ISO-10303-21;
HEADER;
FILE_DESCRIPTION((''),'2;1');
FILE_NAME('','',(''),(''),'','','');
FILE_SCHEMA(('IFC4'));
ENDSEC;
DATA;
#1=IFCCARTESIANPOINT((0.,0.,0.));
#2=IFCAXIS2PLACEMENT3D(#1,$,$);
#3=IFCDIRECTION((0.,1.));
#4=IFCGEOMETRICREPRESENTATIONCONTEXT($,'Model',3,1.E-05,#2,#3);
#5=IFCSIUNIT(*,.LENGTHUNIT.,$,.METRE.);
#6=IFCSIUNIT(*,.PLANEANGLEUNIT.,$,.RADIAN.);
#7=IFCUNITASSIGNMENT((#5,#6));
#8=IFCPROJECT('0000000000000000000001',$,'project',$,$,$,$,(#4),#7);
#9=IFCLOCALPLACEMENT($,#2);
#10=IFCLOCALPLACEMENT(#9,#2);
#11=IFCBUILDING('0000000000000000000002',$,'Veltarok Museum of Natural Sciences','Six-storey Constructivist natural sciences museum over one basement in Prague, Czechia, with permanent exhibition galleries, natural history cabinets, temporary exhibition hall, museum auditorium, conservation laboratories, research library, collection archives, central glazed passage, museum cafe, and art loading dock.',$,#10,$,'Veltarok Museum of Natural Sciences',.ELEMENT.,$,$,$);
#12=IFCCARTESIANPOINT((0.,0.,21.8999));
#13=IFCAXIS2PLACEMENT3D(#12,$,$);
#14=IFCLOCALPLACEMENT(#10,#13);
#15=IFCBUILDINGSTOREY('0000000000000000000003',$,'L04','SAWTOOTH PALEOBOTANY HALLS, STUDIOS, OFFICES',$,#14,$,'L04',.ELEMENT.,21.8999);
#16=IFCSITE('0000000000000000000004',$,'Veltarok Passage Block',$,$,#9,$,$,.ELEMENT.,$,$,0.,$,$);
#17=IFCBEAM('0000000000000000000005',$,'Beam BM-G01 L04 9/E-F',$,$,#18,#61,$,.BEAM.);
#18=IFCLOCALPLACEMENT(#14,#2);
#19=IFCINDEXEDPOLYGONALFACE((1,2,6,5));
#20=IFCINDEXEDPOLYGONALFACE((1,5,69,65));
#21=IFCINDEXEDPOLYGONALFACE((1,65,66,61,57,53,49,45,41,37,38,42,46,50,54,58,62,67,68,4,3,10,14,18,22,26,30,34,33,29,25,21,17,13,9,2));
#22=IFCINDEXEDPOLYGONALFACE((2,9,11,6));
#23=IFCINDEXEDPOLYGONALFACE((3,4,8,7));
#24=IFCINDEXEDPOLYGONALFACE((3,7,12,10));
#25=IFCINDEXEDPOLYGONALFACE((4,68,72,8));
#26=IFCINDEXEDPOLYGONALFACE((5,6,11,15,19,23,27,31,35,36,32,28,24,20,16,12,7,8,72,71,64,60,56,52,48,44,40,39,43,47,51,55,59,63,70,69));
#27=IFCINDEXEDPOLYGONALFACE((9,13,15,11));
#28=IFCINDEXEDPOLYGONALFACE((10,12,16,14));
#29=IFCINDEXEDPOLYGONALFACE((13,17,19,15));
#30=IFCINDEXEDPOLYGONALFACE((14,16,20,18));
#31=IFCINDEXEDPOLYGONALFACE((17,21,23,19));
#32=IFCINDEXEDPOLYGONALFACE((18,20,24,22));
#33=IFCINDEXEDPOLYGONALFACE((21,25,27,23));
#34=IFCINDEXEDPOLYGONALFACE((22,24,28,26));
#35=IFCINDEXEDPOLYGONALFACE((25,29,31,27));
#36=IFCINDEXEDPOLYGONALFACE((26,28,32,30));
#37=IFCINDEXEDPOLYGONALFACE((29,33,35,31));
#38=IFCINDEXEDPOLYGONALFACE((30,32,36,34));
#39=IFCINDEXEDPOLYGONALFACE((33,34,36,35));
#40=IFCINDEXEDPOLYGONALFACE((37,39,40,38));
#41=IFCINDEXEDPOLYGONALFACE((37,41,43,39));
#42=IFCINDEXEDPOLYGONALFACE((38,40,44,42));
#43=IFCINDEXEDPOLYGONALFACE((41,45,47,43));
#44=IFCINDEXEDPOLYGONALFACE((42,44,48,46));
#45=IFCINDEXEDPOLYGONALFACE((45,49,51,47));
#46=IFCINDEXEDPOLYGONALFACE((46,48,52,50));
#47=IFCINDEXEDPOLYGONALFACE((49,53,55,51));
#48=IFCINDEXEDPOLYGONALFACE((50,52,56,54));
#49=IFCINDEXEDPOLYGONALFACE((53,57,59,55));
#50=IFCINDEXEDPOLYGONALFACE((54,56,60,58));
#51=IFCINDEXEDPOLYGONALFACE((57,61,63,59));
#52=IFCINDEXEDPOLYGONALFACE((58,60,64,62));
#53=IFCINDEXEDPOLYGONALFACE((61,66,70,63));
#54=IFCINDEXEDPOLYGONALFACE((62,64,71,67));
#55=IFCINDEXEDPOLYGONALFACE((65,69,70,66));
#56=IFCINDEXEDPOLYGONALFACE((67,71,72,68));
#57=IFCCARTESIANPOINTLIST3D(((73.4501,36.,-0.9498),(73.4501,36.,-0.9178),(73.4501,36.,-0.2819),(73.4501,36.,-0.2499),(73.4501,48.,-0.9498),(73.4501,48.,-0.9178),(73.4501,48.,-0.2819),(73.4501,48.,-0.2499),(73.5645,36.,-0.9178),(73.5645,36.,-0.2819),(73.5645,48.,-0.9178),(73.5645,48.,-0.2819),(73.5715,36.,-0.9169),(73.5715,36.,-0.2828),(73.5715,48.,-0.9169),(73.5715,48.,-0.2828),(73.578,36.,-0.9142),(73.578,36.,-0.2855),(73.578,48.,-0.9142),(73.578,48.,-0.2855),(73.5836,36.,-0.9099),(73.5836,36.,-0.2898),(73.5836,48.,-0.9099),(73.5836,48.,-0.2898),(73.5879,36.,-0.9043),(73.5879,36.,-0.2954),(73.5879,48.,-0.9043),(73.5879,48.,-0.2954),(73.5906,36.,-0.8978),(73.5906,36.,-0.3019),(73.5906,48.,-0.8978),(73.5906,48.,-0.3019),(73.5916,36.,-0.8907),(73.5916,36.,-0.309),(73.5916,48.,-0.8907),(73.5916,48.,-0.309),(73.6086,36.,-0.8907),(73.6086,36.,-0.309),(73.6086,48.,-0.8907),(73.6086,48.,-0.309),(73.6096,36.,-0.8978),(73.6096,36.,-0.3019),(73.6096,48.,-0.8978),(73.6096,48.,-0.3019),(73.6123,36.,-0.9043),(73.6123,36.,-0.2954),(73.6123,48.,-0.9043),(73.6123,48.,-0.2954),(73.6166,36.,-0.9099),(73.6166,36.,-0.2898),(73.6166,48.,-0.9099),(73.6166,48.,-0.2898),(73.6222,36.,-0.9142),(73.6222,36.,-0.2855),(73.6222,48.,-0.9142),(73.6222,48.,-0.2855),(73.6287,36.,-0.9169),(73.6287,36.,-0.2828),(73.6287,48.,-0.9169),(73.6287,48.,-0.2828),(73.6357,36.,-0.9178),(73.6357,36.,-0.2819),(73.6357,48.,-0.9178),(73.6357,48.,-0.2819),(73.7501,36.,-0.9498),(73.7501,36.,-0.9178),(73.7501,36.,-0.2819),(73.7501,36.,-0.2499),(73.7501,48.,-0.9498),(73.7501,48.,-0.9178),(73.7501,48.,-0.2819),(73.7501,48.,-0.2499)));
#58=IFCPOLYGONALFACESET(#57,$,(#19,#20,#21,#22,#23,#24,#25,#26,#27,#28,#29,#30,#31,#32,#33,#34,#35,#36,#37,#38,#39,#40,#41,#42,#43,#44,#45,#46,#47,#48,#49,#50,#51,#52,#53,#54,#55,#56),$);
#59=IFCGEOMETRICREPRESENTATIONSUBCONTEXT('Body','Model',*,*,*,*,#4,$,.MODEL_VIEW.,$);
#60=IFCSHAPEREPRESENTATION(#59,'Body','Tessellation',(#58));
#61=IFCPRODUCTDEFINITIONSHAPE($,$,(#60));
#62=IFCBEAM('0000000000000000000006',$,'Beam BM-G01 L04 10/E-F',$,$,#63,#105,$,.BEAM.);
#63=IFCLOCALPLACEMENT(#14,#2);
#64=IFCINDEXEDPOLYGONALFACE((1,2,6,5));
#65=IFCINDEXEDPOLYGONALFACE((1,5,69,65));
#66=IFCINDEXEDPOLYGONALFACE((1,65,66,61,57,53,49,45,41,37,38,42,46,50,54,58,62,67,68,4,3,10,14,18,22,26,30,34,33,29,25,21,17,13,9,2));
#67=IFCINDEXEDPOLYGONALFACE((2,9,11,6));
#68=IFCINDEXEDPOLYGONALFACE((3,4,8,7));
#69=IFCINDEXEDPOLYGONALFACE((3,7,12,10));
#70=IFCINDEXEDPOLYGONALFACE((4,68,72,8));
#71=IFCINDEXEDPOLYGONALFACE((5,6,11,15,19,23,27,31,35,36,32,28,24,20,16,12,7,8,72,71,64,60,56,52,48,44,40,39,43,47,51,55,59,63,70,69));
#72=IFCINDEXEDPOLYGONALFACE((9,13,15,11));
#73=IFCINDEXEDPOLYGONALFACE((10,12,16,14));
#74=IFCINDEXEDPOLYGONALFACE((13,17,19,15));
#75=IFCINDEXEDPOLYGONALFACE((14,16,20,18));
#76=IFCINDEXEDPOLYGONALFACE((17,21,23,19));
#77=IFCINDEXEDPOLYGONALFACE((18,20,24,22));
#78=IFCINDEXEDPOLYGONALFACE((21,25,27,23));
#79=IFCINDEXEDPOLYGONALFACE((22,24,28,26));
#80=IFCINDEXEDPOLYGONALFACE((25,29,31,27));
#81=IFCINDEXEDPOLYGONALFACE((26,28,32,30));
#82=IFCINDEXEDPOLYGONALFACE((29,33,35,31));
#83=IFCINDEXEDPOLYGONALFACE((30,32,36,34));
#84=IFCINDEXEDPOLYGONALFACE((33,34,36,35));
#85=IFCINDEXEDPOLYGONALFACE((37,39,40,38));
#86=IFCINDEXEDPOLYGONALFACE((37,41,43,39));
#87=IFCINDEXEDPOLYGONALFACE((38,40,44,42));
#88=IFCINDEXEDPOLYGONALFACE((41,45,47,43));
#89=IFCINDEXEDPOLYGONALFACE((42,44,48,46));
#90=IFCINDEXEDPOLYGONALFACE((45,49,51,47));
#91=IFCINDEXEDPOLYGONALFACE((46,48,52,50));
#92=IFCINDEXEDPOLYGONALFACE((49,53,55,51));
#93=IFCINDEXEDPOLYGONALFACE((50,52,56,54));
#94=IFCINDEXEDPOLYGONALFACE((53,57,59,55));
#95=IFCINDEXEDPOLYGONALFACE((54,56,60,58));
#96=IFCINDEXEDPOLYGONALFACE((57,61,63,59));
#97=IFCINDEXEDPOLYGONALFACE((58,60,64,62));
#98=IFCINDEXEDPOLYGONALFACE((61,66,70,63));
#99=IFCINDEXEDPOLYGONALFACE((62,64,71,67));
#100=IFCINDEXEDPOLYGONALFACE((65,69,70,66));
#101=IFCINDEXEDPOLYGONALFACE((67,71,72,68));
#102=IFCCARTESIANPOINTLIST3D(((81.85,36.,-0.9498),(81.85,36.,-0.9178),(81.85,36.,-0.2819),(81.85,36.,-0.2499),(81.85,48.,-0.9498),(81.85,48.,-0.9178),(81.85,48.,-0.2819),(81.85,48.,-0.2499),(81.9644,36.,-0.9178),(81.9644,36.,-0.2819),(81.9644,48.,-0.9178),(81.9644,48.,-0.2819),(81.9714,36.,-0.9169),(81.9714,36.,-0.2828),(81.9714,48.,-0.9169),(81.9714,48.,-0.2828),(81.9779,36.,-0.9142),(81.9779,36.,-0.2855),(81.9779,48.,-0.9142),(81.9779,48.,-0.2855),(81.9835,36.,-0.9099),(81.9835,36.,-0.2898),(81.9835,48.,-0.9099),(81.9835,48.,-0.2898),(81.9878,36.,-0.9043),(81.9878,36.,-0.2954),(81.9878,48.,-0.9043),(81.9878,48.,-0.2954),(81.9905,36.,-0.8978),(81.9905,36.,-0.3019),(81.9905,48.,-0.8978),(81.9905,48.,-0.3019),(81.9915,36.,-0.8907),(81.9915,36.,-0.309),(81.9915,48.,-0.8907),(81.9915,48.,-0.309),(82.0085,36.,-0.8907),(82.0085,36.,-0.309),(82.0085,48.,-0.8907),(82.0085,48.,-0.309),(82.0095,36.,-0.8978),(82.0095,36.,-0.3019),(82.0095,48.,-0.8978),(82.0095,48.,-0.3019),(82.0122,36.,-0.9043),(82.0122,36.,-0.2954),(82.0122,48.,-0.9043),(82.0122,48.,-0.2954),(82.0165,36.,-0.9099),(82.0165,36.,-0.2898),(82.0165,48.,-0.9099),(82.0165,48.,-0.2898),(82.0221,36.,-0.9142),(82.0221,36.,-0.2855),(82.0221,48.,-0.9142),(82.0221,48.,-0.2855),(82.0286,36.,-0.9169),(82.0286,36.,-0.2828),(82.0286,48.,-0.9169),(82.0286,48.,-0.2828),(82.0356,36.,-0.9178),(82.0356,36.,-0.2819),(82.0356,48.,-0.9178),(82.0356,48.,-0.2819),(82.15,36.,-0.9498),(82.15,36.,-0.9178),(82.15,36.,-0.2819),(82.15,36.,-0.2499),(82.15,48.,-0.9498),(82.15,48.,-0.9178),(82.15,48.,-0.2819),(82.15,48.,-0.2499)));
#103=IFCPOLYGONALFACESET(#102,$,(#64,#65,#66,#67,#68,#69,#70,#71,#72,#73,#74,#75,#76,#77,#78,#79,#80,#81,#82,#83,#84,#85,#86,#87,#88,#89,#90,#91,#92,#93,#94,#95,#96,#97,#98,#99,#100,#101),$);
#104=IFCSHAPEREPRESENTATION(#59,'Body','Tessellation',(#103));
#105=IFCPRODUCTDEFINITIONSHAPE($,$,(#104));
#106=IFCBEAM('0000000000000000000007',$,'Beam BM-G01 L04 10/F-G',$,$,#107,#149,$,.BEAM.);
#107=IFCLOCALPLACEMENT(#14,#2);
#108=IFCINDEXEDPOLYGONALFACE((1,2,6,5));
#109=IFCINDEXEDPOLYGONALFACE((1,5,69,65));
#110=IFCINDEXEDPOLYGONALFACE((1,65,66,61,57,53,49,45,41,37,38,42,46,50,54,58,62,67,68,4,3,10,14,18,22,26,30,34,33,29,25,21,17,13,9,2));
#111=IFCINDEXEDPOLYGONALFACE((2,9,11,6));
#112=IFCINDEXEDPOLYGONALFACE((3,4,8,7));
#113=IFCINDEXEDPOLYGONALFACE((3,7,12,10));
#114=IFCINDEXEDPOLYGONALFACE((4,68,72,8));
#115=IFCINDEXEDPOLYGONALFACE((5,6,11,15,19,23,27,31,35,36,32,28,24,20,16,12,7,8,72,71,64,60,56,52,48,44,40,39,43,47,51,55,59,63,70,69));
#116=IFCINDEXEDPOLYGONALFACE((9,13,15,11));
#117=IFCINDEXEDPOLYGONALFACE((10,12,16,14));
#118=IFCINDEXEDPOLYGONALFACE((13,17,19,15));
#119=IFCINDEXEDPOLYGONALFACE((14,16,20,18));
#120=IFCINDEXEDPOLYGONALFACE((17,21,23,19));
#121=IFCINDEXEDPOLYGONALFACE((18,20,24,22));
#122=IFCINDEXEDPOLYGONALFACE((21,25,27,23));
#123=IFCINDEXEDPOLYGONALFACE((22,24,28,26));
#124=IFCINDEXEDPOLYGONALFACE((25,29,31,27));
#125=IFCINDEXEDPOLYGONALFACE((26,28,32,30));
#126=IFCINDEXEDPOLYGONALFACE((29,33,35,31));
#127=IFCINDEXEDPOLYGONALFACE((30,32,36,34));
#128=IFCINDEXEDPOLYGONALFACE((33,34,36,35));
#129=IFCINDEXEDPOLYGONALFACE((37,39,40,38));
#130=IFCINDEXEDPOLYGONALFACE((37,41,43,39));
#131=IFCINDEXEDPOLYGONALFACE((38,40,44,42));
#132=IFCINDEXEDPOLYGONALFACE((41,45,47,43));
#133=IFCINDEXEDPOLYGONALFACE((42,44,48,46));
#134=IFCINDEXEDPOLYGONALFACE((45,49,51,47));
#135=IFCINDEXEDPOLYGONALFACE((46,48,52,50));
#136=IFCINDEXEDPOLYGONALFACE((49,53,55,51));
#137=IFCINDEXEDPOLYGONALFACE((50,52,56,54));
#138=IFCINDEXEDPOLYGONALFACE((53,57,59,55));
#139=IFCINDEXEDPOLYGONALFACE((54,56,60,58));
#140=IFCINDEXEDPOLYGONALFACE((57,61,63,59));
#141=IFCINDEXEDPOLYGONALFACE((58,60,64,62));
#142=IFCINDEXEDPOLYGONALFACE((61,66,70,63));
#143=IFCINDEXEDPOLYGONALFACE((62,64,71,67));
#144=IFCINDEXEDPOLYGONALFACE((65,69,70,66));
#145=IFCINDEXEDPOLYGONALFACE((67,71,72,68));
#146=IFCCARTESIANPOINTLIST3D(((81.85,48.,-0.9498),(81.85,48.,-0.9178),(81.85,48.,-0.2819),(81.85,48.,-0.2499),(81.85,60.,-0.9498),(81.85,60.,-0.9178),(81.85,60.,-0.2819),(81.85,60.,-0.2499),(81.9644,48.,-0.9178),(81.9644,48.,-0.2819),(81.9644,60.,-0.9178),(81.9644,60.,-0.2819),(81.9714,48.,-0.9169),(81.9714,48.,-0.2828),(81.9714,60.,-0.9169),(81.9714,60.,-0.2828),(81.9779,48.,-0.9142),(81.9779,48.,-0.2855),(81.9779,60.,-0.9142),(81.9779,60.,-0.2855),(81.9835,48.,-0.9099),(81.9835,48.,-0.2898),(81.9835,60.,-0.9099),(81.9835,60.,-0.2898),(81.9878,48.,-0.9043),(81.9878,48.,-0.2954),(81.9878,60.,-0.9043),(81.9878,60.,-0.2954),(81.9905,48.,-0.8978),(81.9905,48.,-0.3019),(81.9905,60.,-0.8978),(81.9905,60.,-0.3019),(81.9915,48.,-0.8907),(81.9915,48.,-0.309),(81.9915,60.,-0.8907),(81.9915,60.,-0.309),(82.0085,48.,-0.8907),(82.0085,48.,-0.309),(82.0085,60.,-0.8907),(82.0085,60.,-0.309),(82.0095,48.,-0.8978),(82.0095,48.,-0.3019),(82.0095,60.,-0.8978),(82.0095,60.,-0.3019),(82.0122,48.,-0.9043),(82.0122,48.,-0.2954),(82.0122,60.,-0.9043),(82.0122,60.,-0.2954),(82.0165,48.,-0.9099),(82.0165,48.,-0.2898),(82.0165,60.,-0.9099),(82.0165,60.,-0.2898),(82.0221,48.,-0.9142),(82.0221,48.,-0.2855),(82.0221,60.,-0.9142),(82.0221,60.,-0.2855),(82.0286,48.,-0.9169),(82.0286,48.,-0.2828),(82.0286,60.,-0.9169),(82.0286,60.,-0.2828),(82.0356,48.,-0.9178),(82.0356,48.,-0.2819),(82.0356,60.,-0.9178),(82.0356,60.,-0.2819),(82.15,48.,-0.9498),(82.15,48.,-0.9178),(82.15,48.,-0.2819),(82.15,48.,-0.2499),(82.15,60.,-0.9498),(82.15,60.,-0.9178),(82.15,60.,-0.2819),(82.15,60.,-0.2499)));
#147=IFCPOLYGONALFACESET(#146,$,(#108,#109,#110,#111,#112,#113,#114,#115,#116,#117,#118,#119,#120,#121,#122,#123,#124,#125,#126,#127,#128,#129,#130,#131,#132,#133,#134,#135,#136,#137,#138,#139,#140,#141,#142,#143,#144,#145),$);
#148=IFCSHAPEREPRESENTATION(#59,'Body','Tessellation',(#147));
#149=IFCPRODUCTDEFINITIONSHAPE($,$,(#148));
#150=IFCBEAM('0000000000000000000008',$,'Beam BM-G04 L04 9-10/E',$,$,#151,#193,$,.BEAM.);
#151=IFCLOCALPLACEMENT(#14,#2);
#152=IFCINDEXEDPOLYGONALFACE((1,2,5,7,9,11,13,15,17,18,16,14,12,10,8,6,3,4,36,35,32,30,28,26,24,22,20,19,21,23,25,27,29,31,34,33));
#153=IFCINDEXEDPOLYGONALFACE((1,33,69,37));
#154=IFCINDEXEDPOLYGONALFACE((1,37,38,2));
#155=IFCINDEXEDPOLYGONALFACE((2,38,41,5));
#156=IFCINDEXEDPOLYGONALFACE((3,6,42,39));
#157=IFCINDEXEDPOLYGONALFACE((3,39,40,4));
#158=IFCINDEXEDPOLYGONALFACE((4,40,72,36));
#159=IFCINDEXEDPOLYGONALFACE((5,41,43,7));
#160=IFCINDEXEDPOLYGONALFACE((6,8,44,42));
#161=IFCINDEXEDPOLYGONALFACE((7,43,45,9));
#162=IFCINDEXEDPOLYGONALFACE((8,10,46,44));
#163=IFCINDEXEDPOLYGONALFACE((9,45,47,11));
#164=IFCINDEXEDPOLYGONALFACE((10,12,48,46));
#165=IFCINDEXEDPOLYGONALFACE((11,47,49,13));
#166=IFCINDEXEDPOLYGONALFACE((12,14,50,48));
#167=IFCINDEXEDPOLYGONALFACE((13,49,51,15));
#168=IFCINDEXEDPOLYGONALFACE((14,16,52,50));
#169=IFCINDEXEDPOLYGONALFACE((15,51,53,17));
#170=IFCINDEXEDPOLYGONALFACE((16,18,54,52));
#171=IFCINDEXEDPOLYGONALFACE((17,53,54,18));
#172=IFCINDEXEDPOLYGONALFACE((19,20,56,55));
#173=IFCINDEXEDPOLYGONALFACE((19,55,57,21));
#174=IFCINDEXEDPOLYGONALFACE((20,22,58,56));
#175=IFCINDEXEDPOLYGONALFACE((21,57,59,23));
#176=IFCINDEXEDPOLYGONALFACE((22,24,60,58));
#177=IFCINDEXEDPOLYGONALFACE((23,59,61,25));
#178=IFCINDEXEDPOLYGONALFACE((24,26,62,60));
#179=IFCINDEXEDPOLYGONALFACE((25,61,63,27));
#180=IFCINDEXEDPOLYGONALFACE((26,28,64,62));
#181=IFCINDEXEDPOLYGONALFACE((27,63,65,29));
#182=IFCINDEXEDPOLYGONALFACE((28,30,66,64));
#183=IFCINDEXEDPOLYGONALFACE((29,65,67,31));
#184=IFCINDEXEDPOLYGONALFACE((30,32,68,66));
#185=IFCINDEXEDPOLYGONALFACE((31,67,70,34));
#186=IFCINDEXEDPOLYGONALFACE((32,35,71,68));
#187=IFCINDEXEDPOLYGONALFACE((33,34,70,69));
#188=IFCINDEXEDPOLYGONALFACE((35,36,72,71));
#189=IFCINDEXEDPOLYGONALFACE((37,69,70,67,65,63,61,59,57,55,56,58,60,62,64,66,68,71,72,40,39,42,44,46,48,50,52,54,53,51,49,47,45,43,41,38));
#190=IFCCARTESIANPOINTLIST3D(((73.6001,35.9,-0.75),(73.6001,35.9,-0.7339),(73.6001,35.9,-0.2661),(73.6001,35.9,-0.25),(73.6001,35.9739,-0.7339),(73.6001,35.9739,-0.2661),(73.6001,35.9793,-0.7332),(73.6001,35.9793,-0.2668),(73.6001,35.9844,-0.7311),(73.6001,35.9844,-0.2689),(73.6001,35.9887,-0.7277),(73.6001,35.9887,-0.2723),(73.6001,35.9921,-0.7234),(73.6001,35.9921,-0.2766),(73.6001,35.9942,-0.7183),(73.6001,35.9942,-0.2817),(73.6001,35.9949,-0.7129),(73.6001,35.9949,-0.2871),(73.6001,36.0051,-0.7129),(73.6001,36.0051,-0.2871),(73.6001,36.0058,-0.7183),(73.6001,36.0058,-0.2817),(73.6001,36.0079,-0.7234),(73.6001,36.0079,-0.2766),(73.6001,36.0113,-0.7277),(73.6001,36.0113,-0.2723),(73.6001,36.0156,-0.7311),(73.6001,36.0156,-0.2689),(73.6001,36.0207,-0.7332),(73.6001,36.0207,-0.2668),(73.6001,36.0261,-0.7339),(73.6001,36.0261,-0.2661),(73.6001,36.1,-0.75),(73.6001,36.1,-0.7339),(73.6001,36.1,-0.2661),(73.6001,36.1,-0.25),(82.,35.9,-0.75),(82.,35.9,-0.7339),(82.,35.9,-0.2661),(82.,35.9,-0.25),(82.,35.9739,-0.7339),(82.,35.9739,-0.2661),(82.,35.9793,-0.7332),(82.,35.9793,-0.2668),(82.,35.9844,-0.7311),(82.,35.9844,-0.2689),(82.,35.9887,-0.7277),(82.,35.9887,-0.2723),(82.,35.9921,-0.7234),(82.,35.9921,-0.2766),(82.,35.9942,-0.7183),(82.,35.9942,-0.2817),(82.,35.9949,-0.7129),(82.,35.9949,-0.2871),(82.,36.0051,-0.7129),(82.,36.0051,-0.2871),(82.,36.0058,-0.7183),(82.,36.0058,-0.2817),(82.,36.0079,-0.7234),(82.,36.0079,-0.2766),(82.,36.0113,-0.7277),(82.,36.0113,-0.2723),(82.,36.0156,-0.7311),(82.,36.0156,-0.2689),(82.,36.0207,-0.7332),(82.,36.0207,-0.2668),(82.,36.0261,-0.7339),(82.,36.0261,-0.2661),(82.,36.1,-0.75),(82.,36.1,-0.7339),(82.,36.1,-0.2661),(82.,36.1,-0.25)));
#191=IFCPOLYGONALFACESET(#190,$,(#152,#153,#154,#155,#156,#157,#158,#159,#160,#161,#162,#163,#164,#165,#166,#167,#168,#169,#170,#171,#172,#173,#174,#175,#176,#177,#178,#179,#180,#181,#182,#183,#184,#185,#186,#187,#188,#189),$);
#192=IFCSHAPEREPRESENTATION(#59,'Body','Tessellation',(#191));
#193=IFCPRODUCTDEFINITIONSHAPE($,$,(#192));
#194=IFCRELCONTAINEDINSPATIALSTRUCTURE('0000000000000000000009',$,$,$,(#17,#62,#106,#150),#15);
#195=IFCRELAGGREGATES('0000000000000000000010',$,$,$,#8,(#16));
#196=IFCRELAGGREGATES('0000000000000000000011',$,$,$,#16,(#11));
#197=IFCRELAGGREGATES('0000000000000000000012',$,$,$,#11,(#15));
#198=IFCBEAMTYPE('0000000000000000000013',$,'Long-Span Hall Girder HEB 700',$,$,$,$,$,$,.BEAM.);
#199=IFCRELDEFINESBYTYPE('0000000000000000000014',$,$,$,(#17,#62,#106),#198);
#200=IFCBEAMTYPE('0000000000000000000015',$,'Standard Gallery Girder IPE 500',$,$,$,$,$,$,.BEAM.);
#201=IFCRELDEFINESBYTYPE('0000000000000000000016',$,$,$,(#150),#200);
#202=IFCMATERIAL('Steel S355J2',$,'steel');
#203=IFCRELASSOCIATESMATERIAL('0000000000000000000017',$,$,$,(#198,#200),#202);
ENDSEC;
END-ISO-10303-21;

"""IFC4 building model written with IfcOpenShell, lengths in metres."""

from ifc_helpers import new_model, si_unit, direction, frame, origin, origin_2d, place, context, subcontext, project, spatial, i_section, extrude, material, material_profile, profile_set, type_object, element, save


model = new_model("IFC4")

# Units and contexts
model_context = context("Model", 3, precision=1e-05, world=origin(), true_north=direction((0.0, 1.0)))
body_context = subcontext(model_context, "Body", "Model", "MODEL_VIEW")
ifc_project = project(units=[si_unit("LENGTHUNIT", "METRE"), si_unit("PLANEANGLEUNIT", "RADIAN")], contexts=[model_context])

# Site, building, storey
site_placement = place(None, origin())
site = spatial("IfcSite", under=ifc_project, at=site_placement, Name="Veltarok Passage Block", CompositionType="ELEMENT", RefElevation=0.0)
building_placement = place(site_placement, origin())
building = spatial("IfcBuilding", under=site, at=building_placement, Name="Veltarok Museum of Natural Sciences", Description="Six-storey Constructivist natural sciences museum over one basement in Prague, Czechia, with permanent exhibition galleries, natural history cabinets, temporary exhibition hall, museum auditorium, conservation laboratories, research library, collection archives, central glazed passage, museum cafe, and art loading dock.", LongName="Veltarok Museum of Natural Sciences", CompositionType="ELEMENT")
storey_placement = place(building_placement, frame((0.0, 0.0, 21.8999)))
storey = spatial("IfcBuildingStorey", under=building, at=storey_placement, Name="L04", Description="SAWTOOTH PALEOBOTANY HALLS, STUDIOS, OFFICES", LongName="L04", CompositionType="ELEMENT", Elevation=21.8999)

# Shared definitions
ifc_material = material(Name="Steel S355J2", Category="steel")

# Beams
ifc_material_profile_1 = material_profile(ifc_material, i_section(OverallWidth=0.3, OverallDepth=0.7, WebThickness=0.0171, FlangeThickness=0.032, FilletRadius=0.0271, at=origin_2d()), Name="HEB 700")
ifc_profile_set_1 = profile_set([ifc_material_profile_1], Name="Steel S355J2")
beam_type_1 = type_object("IfcBeamType", Name="Long-Span Hall Girder HEB 700", PredefinedType="BEAM", material=ifc_profile_set_1)
for number, where, z_axis, x_axis, name in (
    (1, (73.6001, 36.0, -0.5999), (0.0, 1.0, 0.0), (-1.0, 0.0, 0.0), "Beam BM-G01 L04 9/E-F"),
    (2, (82.0, 36.0, -0.5999), (0.0, 1.0, 0.0), (-1.0, 0.0, 0.0), "Beam BM-G01 L04 10/E-F"),
    (3, (82.0, 48.0, -0.5999), (0.0, 1.0, 0.0), (-1.0, 0.0, 0.0), "Beam BM-G01 L04 10/F-G"),
):
    element("IfcBeam", number, at=place(storey_placement, frame(where, z_axis=z_axis, x_axis=x_axis)), inside=storey, type_object=beam_type_1, Name=name, PredefinedType="BEAM", context=body_context, shape_type="SweptSolid", body=[
        extrude(i_section(OverallWidth=0.3, OverallDepth=0.7, WebThickness=0.0171, FlangeThickness=0.032, FilletRadius=0.0271, at=origin_2d()), origin(), (0.0, 0.0, 1.0), 12.0),
    ])
ifc_material_profile_2 = material_profile(ifc_material, i_section(OverallWidth=0.2, OverallDepth=0.5, WebThickness=0.0103, FlangeThickness=0.0161, FilletRadius=0.021, at=origin_2d()), Name="IPE 500")
ifc_profile_set_2 = profile_set([ifc_material_profile_2], Name="Steel S355J2")
beam_type_2 = type_object("IfcBeamType", Name="Standard Gallery Girder IPE 500", PredefinedType="BEAM", material=ifc_profile_set_2)
for number, where, z_axis, x_axis, name in (
    (4, (73.6001, 36.0, -0.5), (1.0, 0.0, 0.0), (0.0, 1.0, 0.0), "Beam BM-G04 L04 9-10/E"),
):
    element("IfcBeam", number, at=place(storey_placement, frame(where, z_axis=z_axis, x_axis=x_axis)), inside=storey, type_object=beam_type_2, Name=name, PredefinedType="BEAM", context=body_context, shape_type="SweptSolid", body=[
        extrude(i_section(OverallWidth=0.2, OverallDepth=0.5, WebThickness=0.0103, FlangeThickness=0.0161, FilletRadius=0.021, at=origin_2d()), origin(), (0.0, 0.0, 1.0), 8.3999),
    ])

save(model, "model.ifc")
